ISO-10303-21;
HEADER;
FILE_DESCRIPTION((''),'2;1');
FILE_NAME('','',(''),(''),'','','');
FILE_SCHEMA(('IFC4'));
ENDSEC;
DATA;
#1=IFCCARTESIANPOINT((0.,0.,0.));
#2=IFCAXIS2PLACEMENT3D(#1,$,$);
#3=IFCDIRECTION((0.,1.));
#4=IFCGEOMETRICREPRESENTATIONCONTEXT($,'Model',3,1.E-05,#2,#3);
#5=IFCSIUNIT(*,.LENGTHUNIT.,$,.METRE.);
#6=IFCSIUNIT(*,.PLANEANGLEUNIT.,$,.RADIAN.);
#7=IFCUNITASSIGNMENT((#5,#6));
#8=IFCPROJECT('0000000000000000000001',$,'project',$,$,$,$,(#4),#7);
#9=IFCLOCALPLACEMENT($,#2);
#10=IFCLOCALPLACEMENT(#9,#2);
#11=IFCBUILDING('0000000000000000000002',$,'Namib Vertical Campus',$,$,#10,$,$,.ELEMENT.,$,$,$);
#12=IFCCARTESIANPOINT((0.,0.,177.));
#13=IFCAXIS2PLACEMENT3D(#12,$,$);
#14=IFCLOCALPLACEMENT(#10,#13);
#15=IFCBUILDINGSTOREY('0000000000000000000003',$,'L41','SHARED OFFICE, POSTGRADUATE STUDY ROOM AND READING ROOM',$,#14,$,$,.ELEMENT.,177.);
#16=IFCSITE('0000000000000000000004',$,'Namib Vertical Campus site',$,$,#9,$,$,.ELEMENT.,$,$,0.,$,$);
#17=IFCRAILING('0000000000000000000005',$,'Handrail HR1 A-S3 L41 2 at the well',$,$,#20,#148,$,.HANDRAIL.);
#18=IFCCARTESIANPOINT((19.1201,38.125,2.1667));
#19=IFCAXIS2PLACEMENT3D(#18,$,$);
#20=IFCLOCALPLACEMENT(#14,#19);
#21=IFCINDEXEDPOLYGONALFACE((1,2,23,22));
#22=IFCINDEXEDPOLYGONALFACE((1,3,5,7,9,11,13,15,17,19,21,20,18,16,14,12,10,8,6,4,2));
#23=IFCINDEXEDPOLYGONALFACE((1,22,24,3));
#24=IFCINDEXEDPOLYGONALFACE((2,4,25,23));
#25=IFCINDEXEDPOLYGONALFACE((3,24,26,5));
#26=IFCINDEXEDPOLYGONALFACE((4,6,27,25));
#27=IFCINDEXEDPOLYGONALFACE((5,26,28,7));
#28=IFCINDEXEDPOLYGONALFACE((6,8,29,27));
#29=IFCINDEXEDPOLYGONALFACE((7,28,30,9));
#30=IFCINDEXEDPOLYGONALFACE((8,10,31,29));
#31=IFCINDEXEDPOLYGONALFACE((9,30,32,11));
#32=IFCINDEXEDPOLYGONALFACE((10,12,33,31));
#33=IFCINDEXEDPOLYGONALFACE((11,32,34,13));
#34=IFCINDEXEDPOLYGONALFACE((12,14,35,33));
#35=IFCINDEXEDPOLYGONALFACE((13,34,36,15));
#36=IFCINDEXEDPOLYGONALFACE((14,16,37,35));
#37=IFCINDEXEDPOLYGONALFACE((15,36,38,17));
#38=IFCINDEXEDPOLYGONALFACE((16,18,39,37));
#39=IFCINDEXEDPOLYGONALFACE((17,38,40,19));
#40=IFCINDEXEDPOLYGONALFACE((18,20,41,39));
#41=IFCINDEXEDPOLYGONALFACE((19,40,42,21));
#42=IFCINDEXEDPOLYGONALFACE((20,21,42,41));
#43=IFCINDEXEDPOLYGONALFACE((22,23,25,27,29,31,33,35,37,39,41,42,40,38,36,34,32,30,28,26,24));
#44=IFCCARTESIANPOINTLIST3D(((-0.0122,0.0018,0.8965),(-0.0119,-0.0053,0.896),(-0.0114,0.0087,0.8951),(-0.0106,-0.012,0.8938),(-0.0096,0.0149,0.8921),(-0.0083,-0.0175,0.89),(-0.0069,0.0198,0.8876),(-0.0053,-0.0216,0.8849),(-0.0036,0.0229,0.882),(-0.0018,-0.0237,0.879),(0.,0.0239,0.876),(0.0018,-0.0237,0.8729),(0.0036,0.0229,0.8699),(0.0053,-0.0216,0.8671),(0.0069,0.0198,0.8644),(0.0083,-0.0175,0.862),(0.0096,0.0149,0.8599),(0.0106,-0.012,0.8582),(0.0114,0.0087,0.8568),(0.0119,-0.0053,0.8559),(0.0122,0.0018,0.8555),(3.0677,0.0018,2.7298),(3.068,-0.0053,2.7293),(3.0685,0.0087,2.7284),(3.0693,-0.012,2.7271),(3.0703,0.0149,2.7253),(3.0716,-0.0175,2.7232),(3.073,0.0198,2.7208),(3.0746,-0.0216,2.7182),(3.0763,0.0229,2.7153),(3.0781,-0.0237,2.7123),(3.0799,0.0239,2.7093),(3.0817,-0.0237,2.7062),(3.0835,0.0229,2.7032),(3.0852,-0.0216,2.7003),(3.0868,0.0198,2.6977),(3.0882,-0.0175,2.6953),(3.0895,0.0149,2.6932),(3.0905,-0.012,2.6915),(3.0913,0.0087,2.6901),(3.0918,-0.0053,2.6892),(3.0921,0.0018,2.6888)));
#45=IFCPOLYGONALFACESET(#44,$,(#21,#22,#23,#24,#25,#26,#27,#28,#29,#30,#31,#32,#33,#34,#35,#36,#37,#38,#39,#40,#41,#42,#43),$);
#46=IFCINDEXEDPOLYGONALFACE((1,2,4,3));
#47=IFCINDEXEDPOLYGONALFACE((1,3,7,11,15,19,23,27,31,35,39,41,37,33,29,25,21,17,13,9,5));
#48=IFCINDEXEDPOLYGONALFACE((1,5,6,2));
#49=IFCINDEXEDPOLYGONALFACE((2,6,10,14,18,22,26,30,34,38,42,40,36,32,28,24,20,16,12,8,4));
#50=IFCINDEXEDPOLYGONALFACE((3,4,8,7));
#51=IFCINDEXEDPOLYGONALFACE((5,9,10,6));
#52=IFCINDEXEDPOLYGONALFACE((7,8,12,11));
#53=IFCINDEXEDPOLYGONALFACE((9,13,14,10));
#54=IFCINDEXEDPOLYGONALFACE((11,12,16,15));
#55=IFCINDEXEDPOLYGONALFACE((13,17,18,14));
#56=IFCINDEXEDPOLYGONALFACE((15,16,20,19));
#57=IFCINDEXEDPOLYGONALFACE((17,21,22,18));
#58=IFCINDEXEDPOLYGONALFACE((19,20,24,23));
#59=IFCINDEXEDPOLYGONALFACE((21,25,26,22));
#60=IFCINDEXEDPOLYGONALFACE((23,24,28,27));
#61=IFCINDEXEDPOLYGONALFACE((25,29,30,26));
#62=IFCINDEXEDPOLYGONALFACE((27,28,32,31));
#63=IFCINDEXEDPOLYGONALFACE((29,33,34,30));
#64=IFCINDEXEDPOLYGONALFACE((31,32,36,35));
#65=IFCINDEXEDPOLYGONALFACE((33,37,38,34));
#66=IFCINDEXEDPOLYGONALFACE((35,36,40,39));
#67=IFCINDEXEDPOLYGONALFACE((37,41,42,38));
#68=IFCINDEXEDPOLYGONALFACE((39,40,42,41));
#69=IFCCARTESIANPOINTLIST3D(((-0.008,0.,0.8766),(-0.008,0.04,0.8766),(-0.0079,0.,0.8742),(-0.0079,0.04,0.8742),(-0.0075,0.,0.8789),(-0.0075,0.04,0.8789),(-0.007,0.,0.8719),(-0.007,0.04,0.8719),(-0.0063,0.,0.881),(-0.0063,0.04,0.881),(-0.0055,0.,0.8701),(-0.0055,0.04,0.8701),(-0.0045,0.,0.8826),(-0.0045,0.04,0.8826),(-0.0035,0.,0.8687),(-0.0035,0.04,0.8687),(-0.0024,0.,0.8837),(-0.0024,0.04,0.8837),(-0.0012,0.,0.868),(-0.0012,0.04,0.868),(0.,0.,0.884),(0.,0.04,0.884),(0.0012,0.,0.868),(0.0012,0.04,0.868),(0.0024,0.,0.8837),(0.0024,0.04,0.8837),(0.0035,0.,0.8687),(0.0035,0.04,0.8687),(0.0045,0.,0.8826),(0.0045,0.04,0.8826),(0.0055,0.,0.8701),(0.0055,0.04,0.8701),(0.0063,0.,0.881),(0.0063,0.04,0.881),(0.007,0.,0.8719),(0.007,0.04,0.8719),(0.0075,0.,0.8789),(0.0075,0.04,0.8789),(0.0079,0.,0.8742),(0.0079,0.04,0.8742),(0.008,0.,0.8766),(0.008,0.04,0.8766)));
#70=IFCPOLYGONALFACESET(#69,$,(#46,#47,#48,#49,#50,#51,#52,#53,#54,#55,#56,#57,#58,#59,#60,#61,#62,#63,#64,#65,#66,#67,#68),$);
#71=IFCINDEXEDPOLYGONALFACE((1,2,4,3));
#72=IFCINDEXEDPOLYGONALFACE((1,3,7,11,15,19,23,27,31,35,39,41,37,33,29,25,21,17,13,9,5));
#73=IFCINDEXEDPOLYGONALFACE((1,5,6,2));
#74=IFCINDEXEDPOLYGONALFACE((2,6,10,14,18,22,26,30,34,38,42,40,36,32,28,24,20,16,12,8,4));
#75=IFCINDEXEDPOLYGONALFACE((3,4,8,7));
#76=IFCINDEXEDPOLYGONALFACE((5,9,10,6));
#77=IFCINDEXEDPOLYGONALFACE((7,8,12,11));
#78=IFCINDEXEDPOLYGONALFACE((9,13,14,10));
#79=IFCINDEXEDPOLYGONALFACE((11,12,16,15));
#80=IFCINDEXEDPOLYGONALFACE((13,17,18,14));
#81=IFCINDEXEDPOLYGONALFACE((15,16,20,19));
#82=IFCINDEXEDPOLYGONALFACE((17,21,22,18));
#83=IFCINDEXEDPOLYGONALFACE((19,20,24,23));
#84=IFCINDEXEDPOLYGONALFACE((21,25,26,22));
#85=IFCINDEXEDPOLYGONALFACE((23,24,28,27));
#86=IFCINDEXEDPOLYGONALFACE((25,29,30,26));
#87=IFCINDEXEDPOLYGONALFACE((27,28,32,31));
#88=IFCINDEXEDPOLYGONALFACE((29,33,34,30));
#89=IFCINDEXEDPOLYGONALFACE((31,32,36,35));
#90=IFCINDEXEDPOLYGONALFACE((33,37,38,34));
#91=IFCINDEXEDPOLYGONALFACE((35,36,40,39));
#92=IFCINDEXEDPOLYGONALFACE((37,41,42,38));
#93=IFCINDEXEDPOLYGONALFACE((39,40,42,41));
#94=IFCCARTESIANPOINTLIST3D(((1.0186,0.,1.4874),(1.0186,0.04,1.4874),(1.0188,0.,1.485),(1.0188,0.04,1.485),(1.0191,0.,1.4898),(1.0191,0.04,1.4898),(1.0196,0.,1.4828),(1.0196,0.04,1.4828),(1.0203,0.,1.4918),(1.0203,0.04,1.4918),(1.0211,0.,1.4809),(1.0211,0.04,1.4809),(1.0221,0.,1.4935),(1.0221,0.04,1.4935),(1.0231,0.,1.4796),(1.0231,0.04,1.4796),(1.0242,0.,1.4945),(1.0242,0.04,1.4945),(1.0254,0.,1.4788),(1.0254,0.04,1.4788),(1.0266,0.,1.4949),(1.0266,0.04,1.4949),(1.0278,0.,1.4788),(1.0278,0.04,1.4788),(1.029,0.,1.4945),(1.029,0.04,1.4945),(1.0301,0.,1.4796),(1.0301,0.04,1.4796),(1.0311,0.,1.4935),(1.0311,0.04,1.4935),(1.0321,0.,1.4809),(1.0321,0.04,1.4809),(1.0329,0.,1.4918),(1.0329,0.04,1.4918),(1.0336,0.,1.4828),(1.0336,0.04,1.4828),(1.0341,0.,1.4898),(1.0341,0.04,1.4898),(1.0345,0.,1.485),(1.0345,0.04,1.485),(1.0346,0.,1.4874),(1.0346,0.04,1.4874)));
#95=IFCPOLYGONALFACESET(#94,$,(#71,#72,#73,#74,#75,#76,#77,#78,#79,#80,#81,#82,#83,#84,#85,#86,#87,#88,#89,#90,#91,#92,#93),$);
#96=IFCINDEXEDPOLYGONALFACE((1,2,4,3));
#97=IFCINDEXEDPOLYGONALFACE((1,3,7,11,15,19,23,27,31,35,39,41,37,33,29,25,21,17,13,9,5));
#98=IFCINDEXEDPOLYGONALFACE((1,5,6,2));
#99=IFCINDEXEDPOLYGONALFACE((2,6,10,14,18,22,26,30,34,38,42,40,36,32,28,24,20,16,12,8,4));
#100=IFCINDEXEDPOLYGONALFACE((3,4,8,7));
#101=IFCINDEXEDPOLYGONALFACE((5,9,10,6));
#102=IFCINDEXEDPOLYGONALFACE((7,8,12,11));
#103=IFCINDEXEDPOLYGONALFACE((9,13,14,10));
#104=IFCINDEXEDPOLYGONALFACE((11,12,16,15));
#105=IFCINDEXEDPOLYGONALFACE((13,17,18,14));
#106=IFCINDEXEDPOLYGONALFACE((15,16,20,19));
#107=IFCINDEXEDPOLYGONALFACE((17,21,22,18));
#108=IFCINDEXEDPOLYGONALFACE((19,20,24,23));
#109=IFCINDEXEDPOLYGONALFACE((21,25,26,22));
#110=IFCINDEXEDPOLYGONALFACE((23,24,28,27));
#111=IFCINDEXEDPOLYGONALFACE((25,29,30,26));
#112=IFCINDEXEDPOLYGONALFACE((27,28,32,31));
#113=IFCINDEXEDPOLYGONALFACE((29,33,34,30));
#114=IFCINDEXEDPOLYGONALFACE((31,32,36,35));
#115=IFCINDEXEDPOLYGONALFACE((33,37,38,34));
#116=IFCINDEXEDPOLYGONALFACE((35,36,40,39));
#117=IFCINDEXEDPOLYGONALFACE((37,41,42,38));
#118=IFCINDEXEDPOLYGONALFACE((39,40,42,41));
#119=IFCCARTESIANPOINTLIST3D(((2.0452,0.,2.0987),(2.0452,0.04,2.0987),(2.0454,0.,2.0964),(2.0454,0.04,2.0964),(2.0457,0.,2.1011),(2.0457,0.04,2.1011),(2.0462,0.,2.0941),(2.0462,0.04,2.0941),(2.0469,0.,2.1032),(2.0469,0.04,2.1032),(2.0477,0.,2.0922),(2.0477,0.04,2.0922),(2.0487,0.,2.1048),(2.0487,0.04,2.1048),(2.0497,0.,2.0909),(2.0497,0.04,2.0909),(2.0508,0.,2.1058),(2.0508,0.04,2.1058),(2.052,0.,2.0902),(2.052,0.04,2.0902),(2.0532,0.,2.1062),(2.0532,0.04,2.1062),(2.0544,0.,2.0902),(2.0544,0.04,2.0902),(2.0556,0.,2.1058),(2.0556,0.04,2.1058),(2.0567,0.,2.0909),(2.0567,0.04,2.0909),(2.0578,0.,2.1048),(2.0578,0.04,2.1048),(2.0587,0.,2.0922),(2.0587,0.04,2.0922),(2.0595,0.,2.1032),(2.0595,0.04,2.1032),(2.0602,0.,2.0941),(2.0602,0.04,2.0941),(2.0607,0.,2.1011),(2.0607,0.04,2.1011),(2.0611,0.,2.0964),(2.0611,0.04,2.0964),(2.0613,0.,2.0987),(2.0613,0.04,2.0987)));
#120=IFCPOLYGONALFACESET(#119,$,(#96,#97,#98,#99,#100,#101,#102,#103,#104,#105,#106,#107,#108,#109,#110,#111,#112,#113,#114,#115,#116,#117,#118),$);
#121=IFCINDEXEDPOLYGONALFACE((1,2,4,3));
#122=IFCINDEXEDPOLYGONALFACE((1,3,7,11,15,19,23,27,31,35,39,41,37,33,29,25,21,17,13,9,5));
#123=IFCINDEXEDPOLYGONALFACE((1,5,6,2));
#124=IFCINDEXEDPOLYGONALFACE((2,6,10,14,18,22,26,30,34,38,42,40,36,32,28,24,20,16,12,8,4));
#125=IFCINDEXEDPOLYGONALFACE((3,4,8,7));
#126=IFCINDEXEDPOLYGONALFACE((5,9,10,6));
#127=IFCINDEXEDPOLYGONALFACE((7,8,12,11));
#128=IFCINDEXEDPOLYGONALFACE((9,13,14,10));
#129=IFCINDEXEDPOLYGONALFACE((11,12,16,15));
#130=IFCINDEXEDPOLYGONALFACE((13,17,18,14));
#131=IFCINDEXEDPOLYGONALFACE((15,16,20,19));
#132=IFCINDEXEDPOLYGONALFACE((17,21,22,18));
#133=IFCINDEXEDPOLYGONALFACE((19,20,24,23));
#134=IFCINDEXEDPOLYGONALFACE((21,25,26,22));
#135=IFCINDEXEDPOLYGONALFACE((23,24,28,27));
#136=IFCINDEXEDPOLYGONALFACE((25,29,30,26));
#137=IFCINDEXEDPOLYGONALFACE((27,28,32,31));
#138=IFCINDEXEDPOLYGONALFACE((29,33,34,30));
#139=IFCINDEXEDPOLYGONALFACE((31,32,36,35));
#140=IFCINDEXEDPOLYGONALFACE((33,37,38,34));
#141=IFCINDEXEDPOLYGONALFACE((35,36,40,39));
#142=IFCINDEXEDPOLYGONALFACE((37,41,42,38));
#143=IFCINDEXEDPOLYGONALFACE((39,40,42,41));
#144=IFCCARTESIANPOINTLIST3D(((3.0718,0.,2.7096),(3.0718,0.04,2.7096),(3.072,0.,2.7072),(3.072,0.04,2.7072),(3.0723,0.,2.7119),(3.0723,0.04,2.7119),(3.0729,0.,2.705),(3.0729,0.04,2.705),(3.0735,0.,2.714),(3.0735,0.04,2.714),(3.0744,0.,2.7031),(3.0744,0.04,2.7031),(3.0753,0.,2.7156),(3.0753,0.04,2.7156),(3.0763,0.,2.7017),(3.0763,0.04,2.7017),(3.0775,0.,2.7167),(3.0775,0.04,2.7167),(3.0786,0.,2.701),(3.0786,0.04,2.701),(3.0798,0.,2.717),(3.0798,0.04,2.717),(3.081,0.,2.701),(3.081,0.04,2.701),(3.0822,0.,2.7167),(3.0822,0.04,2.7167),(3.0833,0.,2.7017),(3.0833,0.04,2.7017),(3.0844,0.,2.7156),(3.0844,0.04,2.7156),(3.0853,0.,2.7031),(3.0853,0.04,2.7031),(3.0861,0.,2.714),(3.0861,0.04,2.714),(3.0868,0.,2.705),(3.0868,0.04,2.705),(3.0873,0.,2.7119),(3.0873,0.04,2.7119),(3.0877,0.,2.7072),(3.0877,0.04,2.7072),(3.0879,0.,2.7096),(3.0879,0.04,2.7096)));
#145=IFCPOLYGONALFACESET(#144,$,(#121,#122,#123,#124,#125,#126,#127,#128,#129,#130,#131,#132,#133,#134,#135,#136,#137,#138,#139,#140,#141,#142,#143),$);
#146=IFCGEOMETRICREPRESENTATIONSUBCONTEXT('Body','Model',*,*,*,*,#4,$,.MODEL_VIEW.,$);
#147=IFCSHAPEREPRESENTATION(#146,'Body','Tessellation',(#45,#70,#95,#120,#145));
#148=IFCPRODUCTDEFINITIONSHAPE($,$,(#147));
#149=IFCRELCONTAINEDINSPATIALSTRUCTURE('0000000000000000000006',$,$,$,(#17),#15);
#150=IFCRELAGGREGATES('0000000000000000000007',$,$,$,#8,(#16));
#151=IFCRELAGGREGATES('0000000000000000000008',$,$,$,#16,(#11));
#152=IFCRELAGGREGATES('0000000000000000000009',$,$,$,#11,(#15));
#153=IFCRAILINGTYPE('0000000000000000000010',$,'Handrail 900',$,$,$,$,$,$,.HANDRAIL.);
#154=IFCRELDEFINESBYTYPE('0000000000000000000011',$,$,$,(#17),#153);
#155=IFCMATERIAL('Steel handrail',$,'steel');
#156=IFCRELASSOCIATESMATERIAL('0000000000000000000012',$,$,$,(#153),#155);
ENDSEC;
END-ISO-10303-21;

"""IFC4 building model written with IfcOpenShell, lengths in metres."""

from ifc_helpers import new_model, si_unit, direction, frame, origin, origin_2d, place, context, subcontext, project, spatial, circle, extrude, material, type_object, element, save


model = new_model("IFC4")

# Units and contexts
model_context = context("Model", 3, precision=1e-05, world=origin(), true_north=direction((0.0, 1.0)))
body_context = subcontext(model_context, "Body", "Model", "MODEL_VIEW")
ifc_project = project(units=[si_unit("LENGTHUNIT", "METRE"), si_unit("PLANEANGLEUNIT", "RADIAN")], contexts=[model_context])

# Site, building, storey
site_placement = place(None, origin())
site = spatial("IfcSite", under=ifc_project, at=site_placement, Name="Namib Vertical Campus site", CompositionType="ELEMENT", RefElevation=0.0)
building_placement = place(site_placement, origin())
building = spatial("IfcBuilding", under=site, at=building_placement, Name="Namib Vertical Campus", CompositionType="ELEMENT")
storey_placement = place(building_placement, frame((0.0, 0.0, 177.0)))
storey = spatial("IfcBuildingStorey", under=building, at=storey_placement, Name="L41", Description="SHARED OFFICE, POSTGRADUATE STUDY ROOM AND READING ROOM", CompositionType="ELEMENT", Elevation=177.0)

# Railing
ifc_material_1 = material(Name="Steel handrail", Category="steel")
railing_type_1 = type_object("IfcRailingType", Name="Handrail 900", PredefinedType="HANDRAIL", material=ifc_material_1)
railing_1_placement = place(storey_placement, frame((19.1201, 38.125, 2.1667)))
element("IfcRailing", 1, at=railing_1_placement, inside=storey, type_object=railing_type_1, Name="Handrail HR1 A-S3 L41 2 at the well", PredefinedType="HANDRAIL", context=body_context, shape_type="SweptSolid", body=[
    extrude(circle(Radius=0.0239, at=origin_2d()), frame((0.0, 0.0, 0.876), z_axis=(0.859291, 0.0, 0.511487), x_axis=(0.0, 1.0, 0.0)), (0.0, 0.0, 1.0), 3.5842),
    extrude(circle(Radius=0.0081, at=origin_2d()), frame((0.0, 0.0, 0.876), z_axis=(0.0, 1.0, 0.0), x_axis=(0.0, 0.0, 1.0)), (0.0, 0.0, 1.0), 0.04),
    extrude(circle(Radius=0.0081, at=origin_2d()), frame((1.0266, 0.0, 1.4868), z_axis=(0.0, 1.0, 0.0), x_axis=(0.0, 0.0, 1.0)), (0.0, 0.0, 1.0), 0.04),
    extrude(circle(Radius=0.0081, at=origin_2d()), frame((2.0532, 0.0, 2.0981), z_axis=(0.0, 1.0, 0.0), x_axis=(0.0, 0.0, 1.0)), (0.0, 0.0, 1.0), 0.04),
    extrude(circle(Radius=0.0081, at=origin_2d()), frame((3.0798, 0.0, 2.709), z_axis=(0.0, 1.0, 0.0), x_axis=(0.0, 0.0, 1.0)), (0.0, 0.0, 1.0), 0.04),
])

save(model, "model.ifc")
